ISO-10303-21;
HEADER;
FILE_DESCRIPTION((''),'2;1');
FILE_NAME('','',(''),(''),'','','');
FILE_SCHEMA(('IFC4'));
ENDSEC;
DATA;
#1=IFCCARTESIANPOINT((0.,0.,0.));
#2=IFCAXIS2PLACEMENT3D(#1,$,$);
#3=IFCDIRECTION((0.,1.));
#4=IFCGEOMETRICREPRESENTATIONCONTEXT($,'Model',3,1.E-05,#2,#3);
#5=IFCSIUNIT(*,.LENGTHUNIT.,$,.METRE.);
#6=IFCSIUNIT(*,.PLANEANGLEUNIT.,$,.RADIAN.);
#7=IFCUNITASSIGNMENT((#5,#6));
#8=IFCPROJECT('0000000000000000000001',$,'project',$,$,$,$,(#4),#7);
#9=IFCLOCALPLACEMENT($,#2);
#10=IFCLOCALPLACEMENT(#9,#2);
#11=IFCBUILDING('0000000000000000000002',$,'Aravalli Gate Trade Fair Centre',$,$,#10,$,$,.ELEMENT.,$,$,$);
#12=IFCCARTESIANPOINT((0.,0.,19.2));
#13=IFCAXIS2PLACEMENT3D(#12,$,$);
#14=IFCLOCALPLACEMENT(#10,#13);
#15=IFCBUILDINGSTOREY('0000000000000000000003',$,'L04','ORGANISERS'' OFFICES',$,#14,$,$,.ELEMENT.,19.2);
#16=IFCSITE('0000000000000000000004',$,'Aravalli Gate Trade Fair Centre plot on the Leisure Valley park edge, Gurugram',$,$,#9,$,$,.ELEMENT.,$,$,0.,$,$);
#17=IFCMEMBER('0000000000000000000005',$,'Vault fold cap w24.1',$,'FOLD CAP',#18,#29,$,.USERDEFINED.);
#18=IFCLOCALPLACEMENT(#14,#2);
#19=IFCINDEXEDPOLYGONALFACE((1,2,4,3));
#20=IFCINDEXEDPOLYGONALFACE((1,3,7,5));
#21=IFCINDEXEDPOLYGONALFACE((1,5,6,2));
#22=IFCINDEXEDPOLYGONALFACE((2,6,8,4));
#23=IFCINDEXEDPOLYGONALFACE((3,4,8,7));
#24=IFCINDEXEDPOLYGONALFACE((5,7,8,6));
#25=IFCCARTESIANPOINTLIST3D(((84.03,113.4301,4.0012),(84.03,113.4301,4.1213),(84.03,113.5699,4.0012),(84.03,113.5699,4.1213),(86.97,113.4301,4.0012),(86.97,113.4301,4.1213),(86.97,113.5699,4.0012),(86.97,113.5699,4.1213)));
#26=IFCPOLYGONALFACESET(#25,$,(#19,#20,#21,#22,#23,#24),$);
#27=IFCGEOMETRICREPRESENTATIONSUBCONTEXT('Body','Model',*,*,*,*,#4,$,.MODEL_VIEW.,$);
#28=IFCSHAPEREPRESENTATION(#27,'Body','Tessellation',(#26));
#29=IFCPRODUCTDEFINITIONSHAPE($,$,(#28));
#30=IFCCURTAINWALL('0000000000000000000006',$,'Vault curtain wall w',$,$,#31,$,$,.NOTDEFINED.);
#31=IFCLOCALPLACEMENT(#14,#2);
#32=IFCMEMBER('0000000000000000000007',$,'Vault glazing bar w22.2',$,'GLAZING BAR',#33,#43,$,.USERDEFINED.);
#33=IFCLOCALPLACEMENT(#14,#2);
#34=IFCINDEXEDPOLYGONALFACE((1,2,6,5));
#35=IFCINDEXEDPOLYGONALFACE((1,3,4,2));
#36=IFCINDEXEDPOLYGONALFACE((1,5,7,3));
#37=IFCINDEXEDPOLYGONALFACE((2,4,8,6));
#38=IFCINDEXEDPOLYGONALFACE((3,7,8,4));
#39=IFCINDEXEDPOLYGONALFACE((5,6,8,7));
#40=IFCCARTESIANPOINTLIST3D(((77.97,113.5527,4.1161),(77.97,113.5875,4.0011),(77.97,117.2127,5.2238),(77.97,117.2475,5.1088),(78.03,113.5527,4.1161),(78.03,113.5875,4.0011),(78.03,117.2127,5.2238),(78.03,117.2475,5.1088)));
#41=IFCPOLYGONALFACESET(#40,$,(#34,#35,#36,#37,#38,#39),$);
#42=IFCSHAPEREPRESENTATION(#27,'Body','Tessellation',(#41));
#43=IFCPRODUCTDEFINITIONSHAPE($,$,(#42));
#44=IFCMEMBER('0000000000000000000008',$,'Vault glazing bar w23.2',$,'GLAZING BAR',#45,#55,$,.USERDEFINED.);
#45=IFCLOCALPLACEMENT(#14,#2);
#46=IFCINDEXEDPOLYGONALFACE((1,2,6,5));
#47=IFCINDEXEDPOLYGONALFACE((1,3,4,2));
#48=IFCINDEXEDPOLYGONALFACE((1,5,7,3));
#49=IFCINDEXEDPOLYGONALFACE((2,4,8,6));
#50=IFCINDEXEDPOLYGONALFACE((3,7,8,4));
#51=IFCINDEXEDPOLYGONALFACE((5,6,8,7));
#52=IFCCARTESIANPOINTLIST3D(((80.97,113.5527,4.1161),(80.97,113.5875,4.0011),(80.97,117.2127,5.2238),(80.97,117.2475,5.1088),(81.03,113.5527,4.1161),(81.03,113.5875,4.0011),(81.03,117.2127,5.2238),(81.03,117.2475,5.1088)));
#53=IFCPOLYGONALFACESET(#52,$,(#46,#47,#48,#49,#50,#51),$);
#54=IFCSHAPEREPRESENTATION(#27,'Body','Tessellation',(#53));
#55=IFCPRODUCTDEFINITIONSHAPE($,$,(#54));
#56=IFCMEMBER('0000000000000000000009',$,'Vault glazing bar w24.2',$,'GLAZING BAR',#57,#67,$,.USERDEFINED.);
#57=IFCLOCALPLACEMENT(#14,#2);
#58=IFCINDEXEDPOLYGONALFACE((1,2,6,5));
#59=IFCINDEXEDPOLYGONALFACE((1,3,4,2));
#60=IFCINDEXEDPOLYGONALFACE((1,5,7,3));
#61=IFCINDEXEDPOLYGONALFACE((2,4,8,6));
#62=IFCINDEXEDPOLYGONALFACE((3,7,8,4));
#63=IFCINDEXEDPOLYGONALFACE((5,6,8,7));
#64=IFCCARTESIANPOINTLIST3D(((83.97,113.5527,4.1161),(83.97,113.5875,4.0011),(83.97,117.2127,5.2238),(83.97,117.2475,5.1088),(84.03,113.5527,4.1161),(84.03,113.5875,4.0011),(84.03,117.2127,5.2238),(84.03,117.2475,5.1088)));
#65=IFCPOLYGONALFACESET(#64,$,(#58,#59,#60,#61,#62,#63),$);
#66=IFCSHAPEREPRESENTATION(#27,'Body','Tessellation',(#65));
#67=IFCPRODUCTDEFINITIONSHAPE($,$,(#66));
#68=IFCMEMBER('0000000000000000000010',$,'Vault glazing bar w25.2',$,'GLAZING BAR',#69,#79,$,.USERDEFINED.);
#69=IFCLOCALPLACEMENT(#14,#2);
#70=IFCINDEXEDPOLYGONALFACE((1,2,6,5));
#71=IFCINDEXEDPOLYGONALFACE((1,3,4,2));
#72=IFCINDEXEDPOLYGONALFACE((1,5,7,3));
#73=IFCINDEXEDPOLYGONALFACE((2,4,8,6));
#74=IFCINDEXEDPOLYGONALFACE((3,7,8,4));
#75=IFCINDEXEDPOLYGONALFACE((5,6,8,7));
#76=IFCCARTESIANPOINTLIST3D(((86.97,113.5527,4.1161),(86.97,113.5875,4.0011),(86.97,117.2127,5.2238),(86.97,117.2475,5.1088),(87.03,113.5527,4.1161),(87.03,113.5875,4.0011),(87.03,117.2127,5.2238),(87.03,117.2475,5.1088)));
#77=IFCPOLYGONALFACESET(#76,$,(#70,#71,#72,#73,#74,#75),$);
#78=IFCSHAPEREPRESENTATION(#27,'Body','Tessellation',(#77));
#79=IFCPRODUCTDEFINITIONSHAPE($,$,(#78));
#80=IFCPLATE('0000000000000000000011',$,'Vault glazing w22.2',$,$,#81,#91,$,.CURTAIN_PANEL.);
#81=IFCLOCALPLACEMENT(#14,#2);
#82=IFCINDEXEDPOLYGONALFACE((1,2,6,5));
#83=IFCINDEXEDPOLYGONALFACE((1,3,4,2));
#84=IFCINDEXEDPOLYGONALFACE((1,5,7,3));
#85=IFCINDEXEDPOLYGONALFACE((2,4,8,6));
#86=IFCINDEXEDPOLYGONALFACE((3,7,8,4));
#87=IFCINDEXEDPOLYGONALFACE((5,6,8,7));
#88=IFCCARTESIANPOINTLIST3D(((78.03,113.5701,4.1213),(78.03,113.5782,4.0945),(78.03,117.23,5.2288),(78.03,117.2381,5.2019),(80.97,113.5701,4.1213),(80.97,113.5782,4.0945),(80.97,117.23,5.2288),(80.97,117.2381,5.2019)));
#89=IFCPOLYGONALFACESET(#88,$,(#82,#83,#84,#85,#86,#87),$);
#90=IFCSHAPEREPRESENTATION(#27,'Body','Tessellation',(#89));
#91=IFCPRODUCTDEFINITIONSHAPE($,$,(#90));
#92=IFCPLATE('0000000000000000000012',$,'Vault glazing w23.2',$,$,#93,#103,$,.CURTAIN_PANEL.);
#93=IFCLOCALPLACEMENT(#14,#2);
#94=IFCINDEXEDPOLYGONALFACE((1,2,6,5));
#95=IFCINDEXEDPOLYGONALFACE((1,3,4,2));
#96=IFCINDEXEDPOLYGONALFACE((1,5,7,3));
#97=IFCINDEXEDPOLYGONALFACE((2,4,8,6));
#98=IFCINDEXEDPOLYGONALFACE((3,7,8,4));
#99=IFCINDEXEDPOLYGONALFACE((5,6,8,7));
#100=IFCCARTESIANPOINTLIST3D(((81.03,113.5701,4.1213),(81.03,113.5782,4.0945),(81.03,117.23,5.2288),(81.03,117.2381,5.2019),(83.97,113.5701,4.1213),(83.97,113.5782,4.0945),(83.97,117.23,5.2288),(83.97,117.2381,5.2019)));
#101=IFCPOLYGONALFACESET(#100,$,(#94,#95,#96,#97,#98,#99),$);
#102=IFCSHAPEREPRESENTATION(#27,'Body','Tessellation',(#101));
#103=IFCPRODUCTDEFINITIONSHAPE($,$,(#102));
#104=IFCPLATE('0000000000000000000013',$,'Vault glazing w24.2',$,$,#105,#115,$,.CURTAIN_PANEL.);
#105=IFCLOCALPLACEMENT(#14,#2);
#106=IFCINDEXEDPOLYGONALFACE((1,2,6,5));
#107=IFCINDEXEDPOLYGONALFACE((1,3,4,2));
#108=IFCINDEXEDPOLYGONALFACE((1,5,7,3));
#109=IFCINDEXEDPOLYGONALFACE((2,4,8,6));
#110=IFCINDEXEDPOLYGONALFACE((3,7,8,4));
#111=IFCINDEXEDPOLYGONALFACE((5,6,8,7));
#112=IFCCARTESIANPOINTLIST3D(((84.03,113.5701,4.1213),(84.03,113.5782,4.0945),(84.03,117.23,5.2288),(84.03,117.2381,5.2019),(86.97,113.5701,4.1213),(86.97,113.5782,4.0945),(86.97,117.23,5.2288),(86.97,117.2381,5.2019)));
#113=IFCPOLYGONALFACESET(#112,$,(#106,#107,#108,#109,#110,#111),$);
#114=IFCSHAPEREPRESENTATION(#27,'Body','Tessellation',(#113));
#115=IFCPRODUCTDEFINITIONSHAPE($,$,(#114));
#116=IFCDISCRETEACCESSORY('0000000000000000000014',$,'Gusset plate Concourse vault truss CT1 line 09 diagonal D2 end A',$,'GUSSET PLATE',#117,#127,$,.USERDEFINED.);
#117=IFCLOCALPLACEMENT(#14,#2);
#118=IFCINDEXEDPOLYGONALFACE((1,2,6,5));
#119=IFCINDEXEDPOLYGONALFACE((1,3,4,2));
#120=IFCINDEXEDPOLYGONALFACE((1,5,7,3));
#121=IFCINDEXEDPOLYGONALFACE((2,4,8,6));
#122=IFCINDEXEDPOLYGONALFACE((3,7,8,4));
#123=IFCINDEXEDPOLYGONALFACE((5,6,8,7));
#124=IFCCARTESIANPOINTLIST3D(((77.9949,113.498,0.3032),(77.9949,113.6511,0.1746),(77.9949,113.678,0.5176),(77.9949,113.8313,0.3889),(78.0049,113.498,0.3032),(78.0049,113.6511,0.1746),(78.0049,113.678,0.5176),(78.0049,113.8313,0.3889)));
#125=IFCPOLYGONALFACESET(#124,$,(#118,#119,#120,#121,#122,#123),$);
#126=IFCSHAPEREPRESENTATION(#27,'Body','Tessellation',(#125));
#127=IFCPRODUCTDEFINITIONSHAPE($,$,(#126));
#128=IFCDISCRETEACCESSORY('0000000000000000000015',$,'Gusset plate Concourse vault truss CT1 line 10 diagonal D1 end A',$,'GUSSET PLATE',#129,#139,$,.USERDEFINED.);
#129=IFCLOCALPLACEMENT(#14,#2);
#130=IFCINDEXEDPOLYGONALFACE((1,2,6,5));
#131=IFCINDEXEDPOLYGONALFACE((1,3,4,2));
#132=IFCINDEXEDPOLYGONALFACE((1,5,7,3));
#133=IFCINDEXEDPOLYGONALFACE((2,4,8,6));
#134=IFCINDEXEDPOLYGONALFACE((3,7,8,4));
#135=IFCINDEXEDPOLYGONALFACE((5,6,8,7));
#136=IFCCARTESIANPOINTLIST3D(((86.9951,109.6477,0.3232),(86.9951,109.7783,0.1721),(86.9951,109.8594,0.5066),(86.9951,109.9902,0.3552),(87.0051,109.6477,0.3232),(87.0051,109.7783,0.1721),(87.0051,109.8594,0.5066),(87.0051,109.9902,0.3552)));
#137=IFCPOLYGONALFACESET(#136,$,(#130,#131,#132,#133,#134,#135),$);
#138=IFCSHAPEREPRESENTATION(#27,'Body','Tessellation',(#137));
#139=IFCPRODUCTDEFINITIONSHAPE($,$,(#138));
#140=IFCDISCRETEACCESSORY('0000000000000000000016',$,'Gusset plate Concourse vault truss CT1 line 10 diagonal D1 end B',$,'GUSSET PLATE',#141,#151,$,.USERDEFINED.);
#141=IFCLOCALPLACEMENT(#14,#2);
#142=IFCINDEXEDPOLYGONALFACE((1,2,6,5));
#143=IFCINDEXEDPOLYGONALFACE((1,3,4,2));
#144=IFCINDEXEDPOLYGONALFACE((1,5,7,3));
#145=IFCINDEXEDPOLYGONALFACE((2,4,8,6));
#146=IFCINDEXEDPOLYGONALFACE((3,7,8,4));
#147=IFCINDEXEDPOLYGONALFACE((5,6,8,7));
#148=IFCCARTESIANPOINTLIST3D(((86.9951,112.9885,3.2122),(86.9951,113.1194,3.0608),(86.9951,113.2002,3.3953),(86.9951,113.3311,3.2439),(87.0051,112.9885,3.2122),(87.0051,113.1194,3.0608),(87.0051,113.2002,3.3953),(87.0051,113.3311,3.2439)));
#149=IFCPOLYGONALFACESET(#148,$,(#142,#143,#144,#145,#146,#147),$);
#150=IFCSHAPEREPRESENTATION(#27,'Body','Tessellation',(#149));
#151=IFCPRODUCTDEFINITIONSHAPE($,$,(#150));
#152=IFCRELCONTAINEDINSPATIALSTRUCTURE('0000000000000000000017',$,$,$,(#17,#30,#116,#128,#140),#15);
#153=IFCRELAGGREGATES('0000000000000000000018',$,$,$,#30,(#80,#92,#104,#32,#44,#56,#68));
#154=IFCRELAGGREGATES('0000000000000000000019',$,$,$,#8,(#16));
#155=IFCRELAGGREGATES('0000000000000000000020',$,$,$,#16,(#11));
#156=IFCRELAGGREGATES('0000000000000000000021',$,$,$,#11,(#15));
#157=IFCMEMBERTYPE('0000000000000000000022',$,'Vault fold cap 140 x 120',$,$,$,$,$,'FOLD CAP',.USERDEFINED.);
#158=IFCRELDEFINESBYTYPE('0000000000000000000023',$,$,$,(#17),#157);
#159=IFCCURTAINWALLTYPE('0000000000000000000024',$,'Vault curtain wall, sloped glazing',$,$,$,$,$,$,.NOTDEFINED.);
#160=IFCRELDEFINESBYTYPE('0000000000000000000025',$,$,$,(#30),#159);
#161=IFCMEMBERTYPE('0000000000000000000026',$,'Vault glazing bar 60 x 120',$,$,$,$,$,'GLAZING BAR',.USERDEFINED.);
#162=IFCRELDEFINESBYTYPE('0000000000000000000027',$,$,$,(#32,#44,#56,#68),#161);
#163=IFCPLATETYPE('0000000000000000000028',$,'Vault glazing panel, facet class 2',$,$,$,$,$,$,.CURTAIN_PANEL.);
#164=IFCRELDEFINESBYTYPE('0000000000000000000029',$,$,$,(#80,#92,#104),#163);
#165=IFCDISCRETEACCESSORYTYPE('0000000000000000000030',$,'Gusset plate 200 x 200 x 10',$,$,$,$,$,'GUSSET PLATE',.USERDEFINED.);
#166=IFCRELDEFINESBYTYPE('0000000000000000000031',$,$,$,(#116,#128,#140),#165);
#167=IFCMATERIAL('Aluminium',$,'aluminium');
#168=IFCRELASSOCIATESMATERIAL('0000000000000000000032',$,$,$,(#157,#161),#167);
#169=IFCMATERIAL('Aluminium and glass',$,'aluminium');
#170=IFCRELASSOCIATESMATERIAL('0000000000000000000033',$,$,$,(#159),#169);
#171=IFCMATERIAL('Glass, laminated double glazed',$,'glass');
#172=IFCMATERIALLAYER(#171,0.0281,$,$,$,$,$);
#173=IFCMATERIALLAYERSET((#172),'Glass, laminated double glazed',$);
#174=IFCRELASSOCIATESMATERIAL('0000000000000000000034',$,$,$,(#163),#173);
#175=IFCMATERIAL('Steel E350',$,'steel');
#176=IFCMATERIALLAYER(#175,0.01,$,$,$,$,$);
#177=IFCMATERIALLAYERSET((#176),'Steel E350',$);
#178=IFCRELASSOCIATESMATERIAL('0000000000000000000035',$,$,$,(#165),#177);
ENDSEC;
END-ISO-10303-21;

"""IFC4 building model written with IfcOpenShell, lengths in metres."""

from ifc_helpers import new_model, si_unit, direction, frame, origin, origin_2d, place, context, subcontext, project, spatial, polyline, rectangle, outline, extrude, material, layer, layer_set, material_profile, profile_set, type_object, element, aggregate, save


model = new_model("IFC4")

# Units and contexts
model_context = context("Model", 3, precision=1e-05, world=origin(), true_north=direction((0.0, 1.0)))
body_context = subcontext(model_context, "Body", "Model", "MODEL_VIEW")
ifc_project = project(units=[si_unit("LENGTHUNIT", "METRE"), si_unit("PLANEANGLEUNIT", "RADIAN")], contexts=[model_context])

# Site, building, storey
site_placement = place(None, origin())
site = spatial("IfcSite", under=ifc_project, at=site_placement, Name="Aravalli Gate Trade Fair Centre plot on the Leisure Valley park edge, Gurugram", CompositionType="ELEMENT", RefElevation=0.0)
building_placement = place(site_placement, origin())
building = spatial("IfcBuilding", under=site, at=building_placement, Name="Aravalli Gate Trade Fair Centre", CompositionType="ELEMENT")
storey_placement = place(building_placement, frame((0.0, 0.0, 19.2)))
storey = spatial("IfcBuildingStorey", under=building, at=storey_placement, Name="L04", Description="ORGANISERS' OFFICES", CompositionType="ELEMENT", Elevation=19.2)

# Member
ifc_material_1 = material(Name="Steel E350", Category="steel")
ifc_material_2 = material(Name="Aluminium", Category="aluminium")
ifc_material_profile_1 = material_profile(ifc_material_2, rectangle(XDim=0.1399, YDim=0.1201, at=origin_2d()), Name="Vault fold cap 140 x 120")
ifc_profile_set_1 = profile_set([ifc_material_profile_1], Name="Aluminium")
member_type_1 = type_object("IfcMemberType", Name="Vault fold cap 140 x 120", ElementType="FOLD CAP", PredefinedType="USERDEFINED", material=ifc_profile_set_1)
for number, where, z_axis, x_axis, name in (
    (1, (84.03, 113.5, 4.0613), (1.0, 0.0, 0.0), (0.0, 1.0, 0.0), "Vault fold cap w24.1"),
):
    element("IfcMember", number, at=place(storey_placement, frame(where, z_axis=z_axis, x_axis=x_axis)), inside=storey, type_object=member_type_1, Name=name, ObjectType="FOLD CAP", PredefinedType="USERDEFINED", context=body_context, shape_type="SweptSolid", body=[
        extrude(rectangle(XDim=0.1399, YDim=0.1201, at=origin_2d()), origin(), (0.0, 0.0, 1.0), 2.9399),
    ])

# Curtain wall, members, plates
ifc_material_3 = material(Name="Aluminium and glass", Category="aluminium")
curtain_wall_type = type_object("IfcCurtainWallType", Name="Vault curtain wall, sloped glazing", PredefinedType="NOTDEFINED", material=ifc_material_3)
curtain_wall_placement = place(storey_placement, origin())
curtain_wall = element("IfcCurtainWall", 2, at=curtain_wall_placement, inside=storey, type_object=curtain_wall_type, Name="Vault curtain wall w", PredefinedType="NOTDEFINED")
ifc_material_profile_2 = material_profile(ifc_material_2, rectangle(XDim=0.0601, YDim=0.1201, at=origin_2d()), Name="Vault glazing bar 60 x 120")
ifc_profile_set_2 = profile_set([ifc_material_profile_2], Name="Aluminium")
member_type_2 = type_object("IfcMemberType", Name="Vault glazing bar 60 x 120", ElementType="GLAZING BAR", PredefinedType="USERDEFINED", material=ifc_profile_set_2)
member_1_placement = place(storey_placement, frame((78.0, 113.5701, 4.0586), z_axis=(0.0, 0.957126, 0.289672), x_axis=(-1.0, 0.0, 0.0)))
member_1 = element("IfcMember", 3, at=member_1_placement, type_object=member_type_2, Name="Vault glazing bar w22.2", ObjectType="GLAZING BAR", PredefinedType="USERDEFINED", context=body_context, shape_type="SweptSolid", body=[
    extrude(rectangle(XDim=0.0601, YDim=0.1201, at=origin_2d()), origin(), (0.0, 0.0, 1.0), 3.824),
])
member_2_placement = place(storey_placement, frame((81.0, 113.5701, 4.0586), z_axis=(0.0, 0.957126, 0.289672), x_axis=(-1.0, 0.0, 0.0)))
member_2 = element("IfcMember", 4, at=member_2_placement, type_object=member_type_2, Name="Vault glazing bar w23.2", ObjectType="GLAZING BAR", PredefinedType="USERDEFINED", context=body_context, shape_type="SweptSolid", body=[
    extrude(rectangle(XDim=0.0601, YDim=0.1201, at=origin_2d()), origin(), (0.0, 0.0, 1.0), 3.824),
])
member_3_placement = place(storey_placement, frame((84.0, 113.5701, 4.0586), z_axis=(0.0, 0.957126, 0.289672), x_axis=(-1.0, 0.0, 0.0)))
member_3 = element("IfcMember", 5, at=member_3_placement, type_object=member_type_2, Name="Vault glazing bar w24.2", ObjectType="GLAZING BAR", PredefinedType="USERDEFINED", context=body_context, shape_type="SweptSolid", body=[
    extrude(rectangle(XDim=0.0601, YDim=0.1201, at=origin_2d()), origin(), (0.0, 0.0, 1.0), 3.824),
])
member_4_placement = place(storey_placement, frame((87.0, 113.5701, 4.0586), z_axis=(0.0, 0.957126, 0.289672), x_axis=(-1.0, 0.0, 0.0)))
member_4 = element("IfcMember", 6, at=member_4_placement, type_object=member_type_2, Name="Vault glazing bar w25.2", ObjectType="GLAZING BAR", PredefinedType="USERDEFINED", context=body_context, shape_type="SweptSolid", body=[
    extrude(rectangle(XDim=0.0601, YDim=0.1201, at=origin_2d()), origin(), (0.0, 0.0, 1.0), 3.824),
])
ifc_material_4 = material(Name="Glass, laminated double glazed", Category="glass")
ifc_layer_1 = layer(ifc_material_4, 0.0281)
ifc_layer_set_1 = layer_set([ifc_layer_1], Name="Glass, laminated double glazed")
plate_type = type_object("IfcPlateType", Name="Vault glazing panel, facet class 2", PredefinedType="CURTAIN_PANEL", material=ifc_layer_set_1)
plate_1_placement = place(storey_placement, frame((78.03, 113.5701, 4.1213), z_axis=(0.0, -0.289614, 0.957144), x_axis=(1.0, 0.0, 0.0)))
plate_1 = element("IfcPlate", 7, at=plate_1_placement, type_object=plate_type, Name="Vault glazing w22.2", PredefinedType="CURTAIN_PANEL", context=body_context, shape_type="SweptSolid", body=[
    extrude(outline(polyline([(0.0, 0.0), (2.9399, 0.0), (2.9399, 3.8238), (0.0, 3.8238), (0.0, 0.0)])), origin(), (0.0, 0.0, -1.0), 0.0281),
])
plate_2_placement = place(storey_placement, frame((81.03, 113.5701, 4.1213), z_axis=(0.0, -0.289614, 0.957144), x_axis=(1.0, 0.0, 0.0)))
plate_2 = element("IfcPlate", 8, at=plate_2_placement, type_object=plate_type, Name="Vault glazing w23.2", PredefinedType="CURTAIN_PANEL", context=body_context, shape_type="SweptSolid", body=[
    extrude(outline(polyline([(0.0, 0.0), (2.9399, 0.0), (2.9399, 3.8238), (0.0, 3.8238), (0.0, 0.0)])), origin(), (0.0, 0.0, -1.0), 0.0281),
])
plate_3_placement = place(storey_placement, frame((84.03, 113.5701, 4.1213), z_axis=(0.0, -0.289614, 0.957144), x_axis=(1.0, 0.0, 0.0)))
plate_3 = element("IfcPlate", 9, at=plate_3_placement, type_object=plate_type, Name="Vault glazing w24.2", PredefinedType="CURTAIN_PANEL", context=body_context, shape_type="SweptSolid", body=[
    extrude(outline(polyline([(0.0, 0.0), (2.9399, 0.0), (2.9399, 3.8238), (0.0, 3.8238), (0.0, 0.0)])), origin(), (0.0, 0.0, -1.0), 0.0281),
])
aggregate(curtain_wall, [plate_1, plate_2, plate_3, member_1, member_2, member_3, member_4])

# Discrete accessories
ifc_layer_2 = layer(ifc_material_1, 0.01)
ifc_layer_set_2 = layer_set([ifc_layer_2], Name="Steel E350")
discrete_accessory_type = type_object("IfcDiscreteAccessoryType", Name="Gusset plate 200 x 200 x 10", ElementType="GUSSET PLATE", PredefinedType="USERDEFINED", material=ifc_layer_set_2)
discrete_accessory_1_placement = place(storey_placement, frame((78.0049, 113.678, 0.5176), z_axis=(1.0, 0.0, 0.0), x_axis=(0.0, -0.642926, -0.765928)))
element("IfcDiscreteAccessory", 10, at=discrete_accessory_1_placement, inside=storey, type_object=discrete_accessory_type, Name="Gusset plate Concourse vault truss CT1 line 09 diagonal D2 end A", ObjectType="GUSSET PLATE", PredefinedType="USERDEFINED", context=body_context, shape_type="SweptSolid", body=[
    extrude(outline(polyline([(0.0, 0.0), (0.2799, 0.0), (0.28, 0.2), (0.0, 0.2002), (0.0, 0.0)])), origin(), (0.0, 0.0, -1.0), 0.01),
])
discrete_accessory_2_placement = place(storey_placement, frame((86.9951, 109.9902, 0.3552), z_axis=(-1.0, 0.0, 0.0), x_axis=(0.0, -0.756666, -0.653801)))
element("IfcDiscreteAccessory", 11, at=discrete_accessory_2_placement, inside=storey, type_object=discrete_accessory_type, Name="Gusset plate Concourse vault truss CT1 line 10 diagonal D1 end A", ObjectType="GUSSET PLATE", PredefinedType="USERDEFINED", context=body_context, shape_type="SweptSolid", body=[
    extrude(outline(polyline([(0.0, 0.0), (0.2801, 0.0), (0.2801, 0.1997), (0.0001, 0.2001), (0.0, 0.0)])), origin(), (0.0, 0.0, -1.0), 0.01),
])
discrete_accessory_3_placement = place(storey_placement, frame((86.9951, 112.9885, 3.2122), z_axis=(-1.0, 0.0, 0.0), x_axis=(0.0, 0.756293, 0.654233)))
element("IfcDiscreteAccessory", 12, at=discrete_accessory_3_placement, inside=storey, type_object=discrete_accessory_type, Name="Gusset plate Concourse vault truss CT1 line 10 diagonal D1 end B", ObjectType="GUSSET PLATE", PredefinedType="USERDEFINED", context=body_context, shape_type="SweptSolid", body=[
    extrude(outline(polyline([(0.0, 0.0), (0.2799, 0.0), (0.2798, 0.2001), (-0.0001, 0.2001), (0.0, 0.0)])), origin(), (0.0, 0.0, -1.0), 0.01),
])

save(model, "model.ifc")
